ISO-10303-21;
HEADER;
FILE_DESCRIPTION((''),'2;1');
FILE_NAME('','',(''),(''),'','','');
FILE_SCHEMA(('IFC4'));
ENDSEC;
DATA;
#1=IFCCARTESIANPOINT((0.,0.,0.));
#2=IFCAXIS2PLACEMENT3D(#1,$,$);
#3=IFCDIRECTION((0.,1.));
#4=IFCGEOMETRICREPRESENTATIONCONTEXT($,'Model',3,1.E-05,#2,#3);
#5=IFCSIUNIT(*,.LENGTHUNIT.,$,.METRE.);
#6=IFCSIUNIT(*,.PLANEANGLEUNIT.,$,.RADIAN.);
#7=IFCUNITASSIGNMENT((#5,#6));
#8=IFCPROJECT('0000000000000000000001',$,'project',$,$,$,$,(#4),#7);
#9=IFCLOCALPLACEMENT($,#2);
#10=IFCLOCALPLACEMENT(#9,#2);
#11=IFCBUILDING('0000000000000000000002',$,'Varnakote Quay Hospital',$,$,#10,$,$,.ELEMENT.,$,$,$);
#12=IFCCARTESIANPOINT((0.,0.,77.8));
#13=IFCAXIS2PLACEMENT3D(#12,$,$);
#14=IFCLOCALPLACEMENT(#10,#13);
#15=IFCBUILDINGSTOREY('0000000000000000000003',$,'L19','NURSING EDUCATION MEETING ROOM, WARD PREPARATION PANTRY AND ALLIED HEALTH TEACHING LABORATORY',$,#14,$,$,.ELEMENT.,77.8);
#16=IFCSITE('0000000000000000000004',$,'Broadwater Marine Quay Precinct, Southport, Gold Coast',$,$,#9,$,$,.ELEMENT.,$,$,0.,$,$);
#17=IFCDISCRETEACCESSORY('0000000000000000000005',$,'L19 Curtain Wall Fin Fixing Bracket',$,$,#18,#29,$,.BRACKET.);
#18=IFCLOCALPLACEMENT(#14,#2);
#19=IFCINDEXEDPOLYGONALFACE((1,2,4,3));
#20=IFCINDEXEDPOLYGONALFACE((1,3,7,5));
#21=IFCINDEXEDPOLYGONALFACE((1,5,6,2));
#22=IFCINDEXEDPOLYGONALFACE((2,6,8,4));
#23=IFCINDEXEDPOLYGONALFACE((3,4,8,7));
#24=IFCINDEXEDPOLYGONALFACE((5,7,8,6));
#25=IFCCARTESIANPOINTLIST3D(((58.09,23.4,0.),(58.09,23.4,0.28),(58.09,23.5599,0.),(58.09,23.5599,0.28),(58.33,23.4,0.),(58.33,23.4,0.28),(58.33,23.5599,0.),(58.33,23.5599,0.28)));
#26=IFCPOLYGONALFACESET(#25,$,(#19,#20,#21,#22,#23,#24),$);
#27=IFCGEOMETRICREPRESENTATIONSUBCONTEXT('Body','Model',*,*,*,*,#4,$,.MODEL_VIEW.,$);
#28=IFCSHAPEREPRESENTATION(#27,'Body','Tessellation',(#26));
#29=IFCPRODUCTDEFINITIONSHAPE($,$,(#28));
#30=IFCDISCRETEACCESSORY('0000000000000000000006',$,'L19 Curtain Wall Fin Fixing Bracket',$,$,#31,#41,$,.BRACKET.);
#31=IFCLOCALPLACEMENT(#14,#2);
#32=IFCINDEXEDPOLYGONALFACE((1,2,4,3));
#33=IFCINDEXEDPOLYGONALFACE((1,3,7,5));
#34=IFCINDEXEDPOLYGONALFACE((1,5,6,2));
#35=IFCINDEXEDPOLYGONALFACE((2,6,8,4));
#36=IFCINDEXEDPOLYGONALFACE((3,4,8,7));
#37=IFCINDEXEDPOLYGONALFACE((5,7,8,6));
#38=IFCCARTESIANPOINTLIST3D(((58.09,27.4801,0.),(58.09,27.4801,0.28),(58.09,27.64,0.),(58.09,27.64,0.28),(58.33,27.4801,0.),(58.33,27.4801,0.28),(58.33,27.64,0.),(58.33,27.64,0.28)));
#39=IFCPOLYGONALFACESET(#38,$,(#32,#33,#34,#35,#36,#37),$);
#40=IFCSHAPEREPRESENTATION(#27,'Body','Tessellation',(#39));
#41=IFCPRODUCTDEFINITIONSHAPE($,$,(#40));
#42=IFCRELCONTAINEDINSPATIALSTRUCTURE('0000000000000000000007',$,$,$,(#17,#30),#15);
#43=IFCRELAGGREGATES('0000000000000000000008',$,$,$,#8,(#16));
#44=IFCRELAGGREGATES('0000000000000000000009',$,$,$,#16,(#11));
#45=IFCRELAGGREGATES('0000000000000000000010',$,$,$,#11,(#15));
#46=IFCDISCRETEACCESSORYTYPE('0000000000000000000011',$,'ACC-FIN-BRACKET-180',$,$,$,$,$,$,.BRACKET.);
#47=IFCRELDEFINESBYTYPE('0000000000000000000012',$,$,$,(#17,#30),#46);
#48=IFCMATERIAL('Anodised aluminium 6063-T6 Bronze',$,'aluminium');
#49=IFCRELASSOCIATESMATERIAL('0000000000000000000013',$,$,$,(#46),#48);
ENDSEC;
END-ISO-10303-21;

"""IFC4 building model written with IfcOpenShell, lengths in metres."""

from ifc_helpers import new_model, si_unit, direction, frame, origin, origin_2d, place, context, subcontext, project, spatial, rectangle, extrude, material, type_object, element, save


model = new_model("IFC4")

# Units and contexts
model_context = context("Model", 3, precision=1e-05, world=origin(), true_north=direction((0.0, 1.0)))
body_context = subcontext(model_context, "Body", "Model", "MODEL_VIEW")
ifc_project = project(units=[si_unit("LENGTHUNIT", "METRE"), si_unit("PLANEANGLEUNIT", "RADIAN")], contexts=[model_context])

# Site, building, storey
site_placement = place(None, origin())
site = spatial("IfcSite", under=ifc_project, at=site_placement, Name="Broadwater Marine Quay Precinct, Southport, Gold Coast", CompositionType="ELEMENT", RefElevation=0.0)
building_placement = place(site_placement, origin())
building = spatial("IfcBuilding", under=site, at=building_placement, Name="Varnakote Quay Hospital", CompositionType="ELEMENT")
storey_placement = place(building_placement, frame((0.0, 0.0, 77.8)))
storey = spatial("IfcBuildingStorey", under=building, at=storey_placement, Name="L19", Description="NURSING EDUCATION MEETING ROOM, WARD PREPARATION PANTRY AND ALLIED HEALTH TEACHING LABORATORY", CompositionType="ELEMENT", Elevation=77.8)

# Discrete accessories
ifc_material_1 = material(Name="Anodised aluminium 6063-T6 Bronze", Category="aluminium")
discrete_accessory_type = type_object("IfcDiscreteAccessoryType", Name="ACC-FIN-BRACKET-180", PredefinedType="BRACKET", material=ifc_material_1)
for number, where, z_axis, x_axis, name in (
    (1, (58.21, 23.48, 0.0), (0.0, 0.0, 1.0), (0.0, 1.0, 0.0), "L19 Curtain Wall Fin Fixing Bracket"),
    (2, (58.21, 27.5601, 0.0), (0.0, 0.0, 1.0), (0.0, 1.0, 0.0), "L19 Curtain Wall Fin Fixing Bracket"),
):
    element("IfcDiscreteAccessory", number, at=place(storey_placement, frame(where, z_axis=z_axis, x_axis=x_axis)), inside=storey, type_object=discrete_accessory_type, Name=name, PredefinedType="BRACKET", context=body_context, shape_type="SweptSolid", body=[
        extrude(rectangle(XDim=0.1599, YDim=0.24, at=origin_2d()), origin(), (0.0, 0.0, 1.0), 0.28),
    ])

save(model, "model.ifc")
